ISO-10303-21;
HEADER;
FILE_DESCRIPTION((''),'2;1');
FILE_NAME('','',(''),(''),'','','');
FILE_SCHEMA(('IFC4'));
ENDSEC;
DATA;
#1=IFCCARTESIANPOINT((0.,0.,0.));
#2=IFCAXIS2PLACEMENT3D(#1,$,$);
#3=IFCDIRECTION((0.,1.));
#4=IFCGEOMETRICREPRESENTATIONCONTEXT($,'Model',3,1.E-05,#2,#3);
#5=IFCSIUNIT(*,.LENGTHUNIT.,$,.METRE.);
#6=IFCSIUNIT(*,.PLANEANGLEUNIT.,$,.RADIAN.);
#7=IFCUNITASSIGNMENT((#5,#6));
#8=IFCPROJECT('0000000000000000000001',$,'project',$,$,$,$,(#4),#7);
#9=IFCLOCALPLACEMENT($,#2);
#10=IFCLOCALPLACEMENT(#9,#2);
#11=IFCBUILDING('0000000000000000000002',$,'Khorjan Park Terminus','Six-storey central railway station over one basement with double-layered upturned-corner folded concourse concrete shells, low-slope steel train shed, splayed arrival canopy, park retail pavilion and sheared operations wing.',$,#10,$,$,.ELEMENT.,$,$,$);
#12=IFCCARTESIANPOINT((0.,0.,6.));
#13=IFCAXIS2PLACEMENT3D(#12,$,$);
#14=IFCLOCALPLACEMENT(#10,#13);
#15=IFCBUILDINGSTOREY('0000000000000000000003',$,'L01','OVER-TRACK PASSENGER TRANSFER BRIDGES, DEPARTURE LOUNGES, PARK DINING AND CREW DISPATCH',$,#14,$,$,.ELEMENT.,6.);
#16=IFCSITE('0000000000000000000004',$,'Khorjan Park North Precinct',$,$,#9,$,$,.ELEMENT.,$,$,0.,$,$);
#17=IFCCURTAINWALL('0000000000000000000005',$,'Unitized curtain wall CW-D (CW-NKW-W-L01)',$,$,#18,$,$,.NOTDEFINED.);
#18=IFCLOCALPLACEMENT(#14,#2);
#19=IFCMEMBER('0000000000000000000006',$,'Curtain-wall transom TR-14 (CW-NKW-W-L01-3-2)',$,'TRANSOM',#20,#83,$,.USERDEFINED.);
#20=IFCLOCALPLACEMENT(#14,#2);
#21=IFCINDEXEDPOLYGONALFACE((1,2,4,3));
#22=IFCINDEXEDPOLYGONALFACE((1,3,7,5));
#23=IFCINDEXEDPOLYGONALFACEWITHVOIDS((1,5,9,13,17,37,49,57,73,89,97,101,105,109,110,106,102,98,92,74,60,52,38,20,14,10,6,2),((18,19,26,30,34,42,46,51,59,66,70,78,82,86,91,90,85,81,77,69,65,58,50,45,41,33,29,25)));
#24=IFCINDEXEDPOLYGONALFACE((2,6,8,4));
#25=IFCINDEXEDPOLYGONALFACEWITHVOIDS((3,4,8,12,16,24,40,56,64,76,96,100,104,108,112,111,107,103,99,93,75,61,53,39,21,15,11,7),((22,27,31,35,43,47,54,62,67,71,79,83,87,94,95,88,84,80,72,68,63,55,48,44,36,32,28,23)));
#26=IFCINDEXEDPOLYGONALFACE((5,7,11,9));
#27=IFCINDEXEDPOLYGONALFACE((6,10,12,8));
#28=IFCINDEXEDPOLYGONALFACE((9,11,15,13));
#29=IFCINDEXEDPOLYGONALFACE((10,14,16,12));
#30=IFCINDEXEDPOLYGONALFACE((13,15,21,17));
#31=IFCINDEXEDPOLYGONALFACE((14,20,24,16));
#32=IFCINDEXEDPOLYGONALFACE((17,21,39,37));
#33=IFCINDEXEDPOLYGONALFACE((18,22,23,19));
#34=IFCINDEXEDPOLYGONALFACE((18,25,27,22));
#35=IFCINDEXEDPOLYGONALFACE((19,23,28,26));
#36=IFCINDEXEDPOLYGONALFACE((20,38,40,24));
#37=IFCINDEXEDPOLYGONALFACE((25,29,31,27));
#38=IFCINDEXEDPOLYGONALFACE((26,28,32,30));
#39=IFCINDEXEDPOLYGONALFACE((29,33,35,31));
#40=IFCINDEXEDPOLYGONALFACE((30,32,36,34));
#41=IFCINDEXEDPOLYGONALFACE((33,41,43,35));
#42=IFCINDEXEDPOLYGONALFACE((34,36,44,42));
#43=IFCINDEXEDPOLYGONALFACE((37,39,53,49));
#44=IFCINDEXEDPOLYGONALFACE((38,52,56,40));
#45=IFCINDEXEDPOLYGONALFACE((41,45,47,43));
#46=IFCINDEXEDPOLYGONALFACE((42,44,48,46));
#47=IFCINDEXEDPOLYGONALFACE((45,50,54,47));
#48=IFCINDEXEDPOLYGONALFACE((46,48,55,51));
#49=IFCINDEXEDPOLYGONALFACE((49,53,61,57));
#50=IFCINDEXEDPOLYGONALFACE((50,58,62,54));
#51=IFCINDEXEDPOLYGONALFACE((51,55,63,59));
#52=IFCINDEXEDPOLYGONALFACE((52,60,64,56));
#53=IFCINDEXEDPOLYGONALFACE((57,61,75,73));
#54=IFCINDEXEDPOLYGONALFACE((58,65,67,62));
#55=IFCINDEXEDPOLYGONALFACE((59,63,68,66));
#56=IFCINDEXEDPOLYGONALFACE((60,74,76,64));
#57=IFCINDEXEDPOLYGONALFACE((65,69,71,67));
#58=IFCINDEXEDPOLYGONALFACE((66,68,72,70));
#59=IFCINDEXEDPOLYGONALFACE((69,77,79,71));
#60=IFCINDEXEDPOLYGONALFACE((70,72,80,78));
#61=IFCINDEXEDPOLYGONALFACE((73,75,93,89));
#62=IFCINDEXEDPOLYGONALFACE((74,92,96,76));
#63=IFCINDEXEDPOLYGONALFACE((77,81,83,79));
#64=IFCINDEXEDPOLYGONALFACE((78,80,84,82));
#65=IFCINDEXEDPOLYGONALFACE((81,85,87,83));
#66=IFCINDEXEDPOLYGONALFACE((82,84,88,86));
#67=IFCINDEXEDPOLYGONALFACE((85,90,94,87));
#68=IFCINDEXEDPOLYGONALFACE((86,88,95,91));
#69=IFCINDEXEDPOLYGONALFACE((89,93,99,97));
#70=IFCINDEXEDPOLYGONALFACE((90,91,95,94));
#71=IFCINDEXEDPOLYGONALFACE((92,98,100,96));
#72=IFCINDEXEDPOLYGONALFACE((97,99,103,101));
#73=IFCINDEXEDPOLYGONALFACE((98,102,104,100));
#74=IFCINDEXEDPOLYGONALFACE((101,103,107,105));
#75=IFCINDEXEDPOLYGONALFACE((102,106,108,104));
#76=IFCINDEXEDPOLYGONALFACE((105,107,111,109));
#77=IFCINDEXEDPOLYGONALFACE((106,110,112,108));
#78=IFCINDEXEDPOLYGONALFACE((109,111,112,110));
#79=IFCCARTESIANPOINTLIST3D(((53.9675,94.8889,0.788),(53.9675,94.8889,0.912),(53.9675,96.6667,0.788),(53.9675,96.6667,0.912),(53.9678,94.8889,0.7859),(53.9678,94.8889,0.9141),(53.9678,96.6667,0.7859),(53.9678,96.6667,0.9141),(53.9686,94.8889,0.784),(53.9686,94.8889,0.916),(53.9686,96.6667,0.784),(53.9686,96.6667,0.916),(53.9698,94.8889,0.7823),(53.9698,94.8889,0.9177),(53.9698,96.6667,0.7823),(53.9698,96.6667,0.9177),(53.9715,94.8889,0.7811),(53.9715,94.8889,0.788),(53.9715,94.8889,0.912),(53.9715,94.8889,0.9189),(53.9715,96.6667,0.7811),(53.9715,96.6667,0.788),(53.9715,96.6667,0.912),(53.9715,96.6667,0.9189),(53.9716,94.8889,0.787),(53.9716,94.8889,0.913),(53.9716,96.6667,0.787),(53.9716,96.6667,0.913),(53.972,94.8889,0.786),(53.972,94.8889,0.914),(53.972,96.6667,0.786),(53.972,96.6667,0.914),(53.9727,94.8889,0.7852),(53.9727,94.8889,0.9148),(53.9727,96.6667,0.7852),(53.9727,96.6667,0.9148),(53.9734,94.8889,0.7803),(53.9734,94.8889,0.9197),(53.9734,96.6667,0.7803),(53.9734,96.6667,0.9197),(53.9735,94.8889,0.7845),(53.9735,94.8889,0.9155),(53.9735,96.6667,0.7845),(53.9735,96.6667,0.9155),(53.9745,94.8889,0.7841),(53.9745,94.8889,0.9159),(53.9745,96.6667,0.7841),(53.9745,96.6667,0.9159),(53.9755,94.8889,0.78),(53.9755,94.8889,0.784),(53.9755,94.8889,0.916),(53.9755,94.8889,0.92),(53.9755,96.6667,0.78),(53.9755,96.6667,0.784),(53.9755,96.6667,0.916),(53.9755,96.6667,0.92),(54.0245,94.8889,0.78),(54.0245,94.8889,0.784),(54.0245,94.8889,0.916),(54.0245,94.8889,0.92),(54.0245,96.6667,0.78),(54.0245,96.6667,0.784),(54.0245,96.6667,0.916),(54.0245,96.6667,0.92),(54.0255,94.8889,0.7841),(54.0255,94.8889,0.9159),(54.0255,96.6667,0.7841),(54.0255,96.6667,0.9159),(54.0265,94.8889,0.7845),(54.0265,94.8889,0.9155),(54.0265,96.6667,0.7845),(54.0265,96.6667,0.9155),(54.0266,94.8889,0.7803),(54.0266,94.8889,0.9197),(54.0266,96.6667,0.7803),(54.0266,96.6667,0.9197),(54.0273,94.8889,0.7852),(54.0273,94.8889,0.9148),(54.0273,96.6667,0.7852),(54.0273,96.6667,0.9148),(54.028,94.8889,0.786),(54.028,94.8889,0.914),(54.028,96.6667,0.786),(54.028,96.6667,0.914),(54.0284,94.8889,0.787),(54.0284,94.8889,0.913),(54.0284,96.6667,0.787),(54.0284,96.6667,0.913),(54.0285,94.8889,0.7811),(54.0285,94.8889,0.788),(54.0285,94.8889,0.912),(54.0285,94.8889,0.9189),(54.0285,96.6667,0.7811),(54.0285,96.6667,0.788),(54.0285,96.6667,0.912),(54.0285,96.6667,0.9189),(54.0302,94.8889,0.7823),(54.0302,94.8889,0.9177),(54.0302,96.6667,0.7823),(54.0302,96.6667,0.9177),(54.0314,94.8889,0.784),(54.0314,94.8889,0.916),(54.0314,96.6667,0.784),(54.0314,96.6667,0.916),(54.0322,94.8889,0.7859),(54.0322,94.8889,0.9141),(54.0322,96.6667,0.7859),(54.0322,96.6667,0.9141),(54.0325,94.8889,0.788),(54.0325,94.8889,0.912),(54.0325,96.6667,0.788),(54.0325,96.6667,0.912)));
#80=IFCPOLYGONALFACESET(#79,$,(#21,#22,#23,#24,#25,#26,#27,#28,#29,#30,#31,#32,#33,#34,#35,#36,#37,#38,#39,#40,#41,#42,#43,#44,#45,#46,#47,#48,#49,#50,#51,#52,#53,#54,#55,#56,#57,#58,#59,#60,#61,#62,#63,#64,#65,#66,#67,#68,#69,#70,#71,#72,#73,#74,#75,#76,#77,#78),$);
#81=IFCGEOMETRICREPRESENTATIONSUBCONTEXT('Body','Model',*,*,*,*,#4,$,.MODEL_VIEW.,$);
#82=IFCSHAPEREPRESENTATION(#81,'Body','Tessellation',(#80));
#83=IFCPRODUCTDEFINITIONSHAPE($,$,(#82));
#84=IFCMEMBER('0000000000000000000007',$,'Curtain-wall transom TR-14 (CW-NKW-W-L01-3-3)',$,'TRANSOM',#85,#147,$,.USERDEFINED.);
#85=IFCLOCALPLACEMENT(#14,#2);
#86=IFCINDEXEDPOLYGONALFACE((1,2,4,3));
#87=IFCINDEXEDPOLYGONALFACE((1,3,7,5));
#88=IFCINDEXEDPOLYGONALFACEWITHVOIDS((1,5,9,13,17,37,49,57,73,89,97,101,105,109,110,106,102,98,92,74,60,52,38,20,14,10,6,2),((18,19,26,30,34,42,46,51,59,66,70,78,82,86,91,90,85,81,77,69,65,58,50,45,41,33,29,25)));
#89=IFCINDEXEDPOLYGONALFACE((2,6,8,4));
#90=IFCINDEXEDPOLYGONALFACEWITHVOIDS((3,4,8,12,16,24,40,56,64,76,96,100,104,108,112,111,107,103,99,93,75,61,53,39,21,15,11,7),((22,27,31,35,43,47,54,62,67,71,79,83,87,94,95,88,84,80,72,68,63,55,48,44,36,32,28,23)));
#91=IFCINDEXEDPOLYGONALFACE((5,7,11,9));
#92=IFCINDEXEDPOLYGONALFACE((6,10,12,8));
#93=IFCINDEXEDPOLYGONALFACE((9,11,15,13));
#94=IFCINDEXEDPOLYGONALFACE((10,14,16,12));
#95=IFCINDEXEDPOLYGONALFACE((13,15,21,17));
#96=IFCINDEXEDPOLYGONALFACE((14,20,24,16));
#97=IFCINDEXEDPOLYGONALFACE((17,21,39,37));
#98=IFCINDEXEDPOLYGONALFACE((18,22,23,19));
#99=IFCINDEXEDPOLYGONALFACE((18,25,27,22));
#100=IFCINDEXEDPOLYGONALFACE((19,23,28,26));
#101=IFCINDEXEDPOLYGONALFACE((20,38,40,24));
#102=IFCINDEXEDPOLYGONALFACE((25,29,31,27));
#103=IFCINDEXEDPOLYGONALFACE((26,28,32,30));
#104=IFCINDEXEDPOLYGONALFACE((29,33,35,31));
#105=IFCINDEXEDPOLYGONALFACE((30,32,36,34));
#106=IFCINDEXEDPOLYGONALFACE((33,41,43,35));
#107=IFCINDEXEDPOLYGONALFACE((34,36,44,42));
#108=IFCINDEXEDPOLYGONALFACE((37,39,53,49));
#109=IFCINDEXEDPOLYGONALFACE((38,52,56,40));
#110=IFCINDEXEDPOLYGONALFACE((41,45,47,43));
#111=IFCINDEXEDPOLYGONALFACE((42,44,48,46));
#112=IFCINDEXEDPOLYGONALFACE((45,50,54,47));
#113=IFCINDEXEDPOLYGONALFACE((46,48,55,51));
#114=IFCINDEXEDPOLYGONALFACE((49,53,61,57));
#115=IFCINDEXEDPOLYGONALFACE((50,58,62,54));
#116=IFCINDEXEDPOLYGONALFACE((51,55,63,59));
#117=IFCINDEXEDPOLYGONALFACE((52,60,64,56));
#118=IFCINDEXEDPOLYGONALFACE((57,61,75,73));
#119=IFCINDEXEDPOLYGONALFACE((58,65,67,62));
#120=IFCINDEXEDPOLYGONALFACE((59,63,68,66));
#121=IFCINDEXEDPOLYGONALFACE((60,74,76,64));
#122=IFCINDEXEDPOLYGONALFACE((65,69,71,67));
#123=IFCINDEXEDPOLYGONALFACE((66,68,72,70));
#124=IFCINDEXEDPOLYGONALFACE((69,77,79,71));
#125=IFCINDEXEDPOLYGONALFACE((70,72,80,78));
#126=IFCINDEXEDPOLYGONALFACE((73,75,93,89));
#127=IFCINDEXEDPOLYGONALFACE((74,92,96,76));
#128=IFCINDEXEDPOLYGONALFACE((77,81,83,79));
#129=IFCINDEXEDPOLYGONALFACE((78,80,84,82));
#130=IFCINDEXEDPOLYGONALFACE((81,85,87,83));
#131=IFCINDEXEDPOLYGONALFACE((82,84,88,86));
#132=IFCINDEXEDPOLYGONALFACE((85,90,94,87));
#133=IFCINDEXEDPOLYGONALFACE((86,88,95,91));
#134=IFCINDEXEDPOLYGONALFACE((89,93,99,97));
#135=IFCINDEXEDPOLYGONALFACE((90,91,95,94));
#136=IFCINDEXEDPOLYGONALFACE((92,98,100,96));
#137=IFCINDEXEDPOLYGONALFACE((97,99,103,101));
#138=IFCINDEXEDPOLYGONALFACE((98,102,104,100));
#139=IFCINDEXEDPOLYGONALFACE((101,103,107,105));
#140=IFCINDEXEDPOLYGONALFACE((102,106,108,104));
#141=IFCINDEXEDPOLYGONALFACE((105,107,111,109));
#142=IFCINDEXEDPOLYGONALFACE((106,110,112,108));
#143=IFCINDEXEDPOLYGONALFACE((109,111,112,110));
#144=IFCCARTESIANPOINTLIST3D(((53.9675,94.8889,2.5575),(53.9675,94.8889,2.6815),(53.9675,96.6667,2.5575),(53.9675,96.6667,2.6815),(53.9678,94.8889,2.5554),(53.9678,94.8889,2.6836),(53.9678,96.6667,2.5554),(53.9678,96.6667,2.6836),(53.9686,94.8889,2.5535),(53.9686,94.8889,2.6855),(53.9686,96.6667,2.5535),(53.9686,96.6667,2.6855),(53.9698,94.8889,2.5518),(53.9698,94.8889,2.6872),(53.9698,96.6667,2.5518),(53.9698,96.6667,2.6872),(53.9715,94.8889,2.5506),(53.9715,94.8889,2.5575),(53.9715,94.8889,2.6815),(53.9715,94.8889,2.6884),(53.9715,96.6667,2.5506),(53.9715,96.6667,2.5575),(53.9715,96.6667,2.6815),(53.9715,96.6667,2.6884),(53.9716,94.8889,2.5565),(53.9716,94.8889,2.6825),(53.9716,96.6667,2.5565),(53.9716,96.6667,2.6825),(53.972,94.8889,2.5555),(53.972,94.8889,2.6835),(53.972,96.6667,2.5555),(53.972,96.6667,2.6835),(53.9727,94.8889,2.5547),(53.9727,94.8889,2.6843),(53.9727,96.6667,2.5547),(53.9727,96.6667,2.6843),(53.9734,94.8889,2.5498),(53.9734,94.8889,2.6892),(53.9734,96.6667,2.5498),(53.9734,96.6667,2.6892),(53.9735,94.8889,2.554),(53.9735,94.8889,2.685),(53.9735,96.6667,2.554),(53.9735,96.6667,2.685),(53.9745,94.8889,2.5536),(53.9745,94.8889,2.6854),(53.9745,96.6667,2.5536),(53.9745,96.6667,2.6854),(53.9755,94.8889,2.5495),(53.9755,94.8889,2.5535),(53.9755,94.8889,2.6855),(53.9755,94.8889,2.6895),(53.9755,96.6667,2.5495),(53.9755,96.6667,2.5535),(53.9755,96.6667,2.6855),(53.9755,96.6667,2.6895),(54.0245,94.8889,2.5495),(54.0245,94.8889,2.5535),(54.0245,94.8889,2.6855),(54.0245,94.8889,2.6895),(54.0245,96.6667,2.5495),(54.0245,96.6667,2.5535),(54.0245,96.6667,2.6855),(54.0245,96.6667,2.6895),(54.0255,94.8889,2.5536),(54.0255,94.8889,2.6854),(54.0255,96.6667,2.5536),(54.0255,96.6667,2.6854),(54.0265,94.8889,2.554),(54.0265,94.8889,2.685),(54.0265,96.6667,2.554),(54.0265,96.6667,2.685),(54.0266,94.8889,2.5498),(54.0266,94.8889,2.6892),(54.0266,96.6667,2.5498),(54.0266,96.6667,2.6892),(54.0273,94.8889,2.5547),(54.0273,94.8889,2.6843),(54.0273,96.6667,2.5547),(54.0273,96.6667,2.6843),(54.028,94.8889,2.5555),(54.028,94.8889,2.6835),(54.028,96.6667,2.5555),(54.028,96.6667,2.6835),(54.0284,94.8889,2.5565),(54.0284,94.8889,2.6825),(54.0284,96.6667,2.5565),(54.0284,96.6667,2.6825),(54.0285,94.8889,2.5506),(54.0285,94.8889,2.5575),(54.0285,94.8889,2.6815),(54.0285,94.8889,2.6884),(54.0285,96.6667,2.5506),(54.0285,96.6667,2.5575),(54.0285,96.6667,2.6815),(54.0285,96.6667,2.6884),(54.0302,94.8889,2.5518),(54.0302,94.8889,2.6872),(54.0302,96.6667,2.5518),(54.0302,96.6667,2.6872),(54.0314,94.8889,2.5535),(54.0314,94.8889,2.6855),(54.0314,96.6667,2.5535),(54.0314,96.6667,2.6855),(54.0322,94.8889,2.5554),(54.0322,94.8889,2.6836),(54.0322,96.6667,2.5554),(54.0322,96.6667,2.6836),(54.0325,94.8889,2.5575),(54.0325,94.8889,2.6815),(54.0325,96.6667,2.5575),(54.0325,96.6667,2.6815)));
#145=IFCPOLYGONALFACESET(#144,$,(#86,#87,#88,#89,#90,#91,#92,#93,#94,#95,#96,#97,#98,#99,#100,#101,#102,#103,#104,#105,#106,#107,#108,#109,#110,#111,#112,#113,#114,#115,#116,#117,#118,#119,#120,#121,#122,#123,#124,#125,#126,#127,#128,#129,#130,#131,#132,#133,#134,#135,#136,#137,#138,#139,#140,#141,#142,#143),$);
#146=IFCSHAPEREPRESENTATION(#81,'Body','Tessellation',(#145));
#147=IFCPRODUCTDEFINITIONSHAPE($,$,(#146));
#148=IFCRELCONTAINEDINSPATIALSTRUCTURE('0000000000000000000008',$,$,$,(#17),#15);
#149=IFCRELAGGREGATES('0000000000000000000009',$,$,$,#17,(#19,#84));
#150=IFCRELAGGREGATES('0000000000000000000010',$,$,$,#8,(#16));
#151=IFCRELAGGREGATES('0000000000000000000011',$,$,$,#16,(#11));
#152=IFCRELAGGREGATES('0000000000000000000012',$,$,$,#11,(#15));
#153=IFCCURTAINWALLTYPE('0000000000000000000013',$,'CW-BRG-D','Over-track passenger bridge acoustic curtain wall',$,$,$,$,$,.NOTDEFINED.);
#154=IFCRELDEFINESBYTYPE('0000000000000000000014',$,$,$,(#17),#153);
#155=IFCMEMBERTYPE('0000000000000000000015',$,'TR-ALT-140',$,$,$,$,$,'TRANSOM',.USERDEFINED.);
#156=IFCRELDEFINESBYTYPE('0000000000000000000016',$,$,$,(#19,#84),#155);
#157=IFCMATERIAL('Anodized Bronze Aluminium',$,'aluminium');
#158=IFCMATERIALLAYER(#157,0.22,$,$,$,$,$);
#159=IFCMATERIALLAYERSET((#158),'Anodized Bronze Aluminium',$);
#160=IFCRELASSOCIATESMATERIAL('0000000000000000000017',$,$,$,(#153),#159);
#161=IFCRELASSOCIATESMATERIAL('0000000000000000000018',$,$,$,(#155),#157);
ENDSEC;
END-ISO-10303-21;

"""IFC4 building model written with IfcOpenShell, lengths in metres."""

from ifc_helpers import new_model, si_unit, direction, frame, origin, origin_2d, place, context, subcontext, project, spatial, hollow_rectangle, extrude, material, layer, layer_set, material_profile, profile_set, type_object, element, aggregate, save


model = new_model("IFC4")

# Units and contexts
model_context = context("Model", 3, precision=1e-05, world=origin(), true_north=direction((0.0, 1.0)))
body_context = subcontext(model_context, "Body", "Model", "MODEL_VIEW")
ifc_project = project(units=[si_unit("LENGTHUNIT", "METRE"), si_unit("PLANEANGLEUNIT", "RADIAN")], contexts=[model_context])

# Site, building, storey
site_placement = place(None, origin())
site = spatial("IfcSite", under=ifc_project, at=site_placement, Name="Khorjan Park North Precinct", CompositionType="ELEMENT", RefElevation=0.0)
building_placement = place(site_placement, origin())
building = spatial("IfcBuilding", under=site, at=building_placement, Name="Khorjan Park Terminus", Description="Six-storey central railway station over one basement with double-layered upturned-corner folded concourse concrete shells, low-slope steel train shed, splayed arrival canopy, park retail pavilion and sheared operations wing.", CompositionType="ELEMENT")
storey_placement = place(building_placement, frame((0.0, 0.0, 6.0)))
storey = spatial("IfcBuildingStorey", under=building, at=storey_placement, Name="L01", Description="OVER-TRACK PASSENGER TRANSFER BRIDGES, DEPARTURE LOUNGES, PARK DINING AND CREW DISPATCH", CompositionType="ELEMENT", Elevation=6.0)

# Curtain wall, members
ifc_material_1 = material(Name="Anodized Bronze Aluminium", Category="aluminium")
ifc_layer_1 = layer(ifc_material_1, 0.22)
ifc_layer_set_1 = layer_set([ifc_layer_1], Name="Anodized Bronze Aluminium")
curtain_wall_type = type_object("IfcCurtainWallType", Name="CW-BRG-D", Description="Over-track passenger bridge acoustic curtain wall", PredefinedType="NOTDEFINED", material=ifc_layer_set_1)
curtain_wall_placement = place(storey_placement, origin())
curtain_wall = element("IfcCurtainWall", 1, at=curtain_wall_placement, inside=storey, type_object=curtain_wall_type, Name="Unitized curtain wall CW-D (CW-NKW-W-L01)", PredefinedType="NOTDEFINED")
ifc_material_profile_1 = material_profile(ifc_material_1, hollow_rectangle(XDim=0.065, YDim=0.14, WallThickness=0.004, InnerFilletRadius=0.004, OuterFilletRadius=0.008, at=origin_2d()), Name="ALT 65x140x4")
ifc_profile_set_1 = profile_set([ifc_material_profile_1], Name="Anodized Bronze Aluminium")
member_type_1 = type_object("IfcMemberType", Name="TR-ALT-140", ElementType="TRANSOM", PredefinedType="USERDEFINED", material=ifc_profile_set_1)
member_1_placement = place(storey_placement, frame((54.0, 96.6667, 0.85), z_axis=(0.0, -1.0, 0.0), x_axis=(1.0, 0.0, 0.0)))
member_1 = element("IfcMember", 2, at=member_1_placement, type_object=member_type_1, Name="Curtain-wall transom TR-14 (CW-NKW-W-L01-3-2)", ObjectType="TRANSOM", PredefinedType="USERDEFINED", context=body_context, shape_type="SweptSolid", body=[
    extrude(hollow_rectangle(XDim=0.065, YDim=0.14, WallThickness=0.004, InnerFilletRadius=0.004, OuterFilletRadius=0.008, at=origin_2d()), origin(), (0.0, 0.0, 1.0), 1.7778),
])
member_2_placement = place(storey_placement, frame((54.0, 96.6667, 2.6195), z_axis=(0.0, -1.0, 0.0), x_axis=(1.0, 0.0, 0.0)))
member_2 = element("IfcMember", 3, at=member_2_placement, type_object=member_type_1, Name="Curtain-wall transom TR-14 (CW-NKW-W-L01-3-3)", ObjectType="TRANSOM", PredefinedType="USERDEFINED", context=body_context, shape_type="SweptSolid", body=[
    extrude(hollow_rectangle(XDim=0.065, YDim=0.14, WallThickness=0.004, InnerFilletRadius=0.004, OuterFilletRadius=0.008, at=origin_2d()), origin(), (0.0, 0.0, 1.0), 1.7778),
])
aggregate(curtain_wall, [member_1, member_2])

save(model, "model.ifc")
